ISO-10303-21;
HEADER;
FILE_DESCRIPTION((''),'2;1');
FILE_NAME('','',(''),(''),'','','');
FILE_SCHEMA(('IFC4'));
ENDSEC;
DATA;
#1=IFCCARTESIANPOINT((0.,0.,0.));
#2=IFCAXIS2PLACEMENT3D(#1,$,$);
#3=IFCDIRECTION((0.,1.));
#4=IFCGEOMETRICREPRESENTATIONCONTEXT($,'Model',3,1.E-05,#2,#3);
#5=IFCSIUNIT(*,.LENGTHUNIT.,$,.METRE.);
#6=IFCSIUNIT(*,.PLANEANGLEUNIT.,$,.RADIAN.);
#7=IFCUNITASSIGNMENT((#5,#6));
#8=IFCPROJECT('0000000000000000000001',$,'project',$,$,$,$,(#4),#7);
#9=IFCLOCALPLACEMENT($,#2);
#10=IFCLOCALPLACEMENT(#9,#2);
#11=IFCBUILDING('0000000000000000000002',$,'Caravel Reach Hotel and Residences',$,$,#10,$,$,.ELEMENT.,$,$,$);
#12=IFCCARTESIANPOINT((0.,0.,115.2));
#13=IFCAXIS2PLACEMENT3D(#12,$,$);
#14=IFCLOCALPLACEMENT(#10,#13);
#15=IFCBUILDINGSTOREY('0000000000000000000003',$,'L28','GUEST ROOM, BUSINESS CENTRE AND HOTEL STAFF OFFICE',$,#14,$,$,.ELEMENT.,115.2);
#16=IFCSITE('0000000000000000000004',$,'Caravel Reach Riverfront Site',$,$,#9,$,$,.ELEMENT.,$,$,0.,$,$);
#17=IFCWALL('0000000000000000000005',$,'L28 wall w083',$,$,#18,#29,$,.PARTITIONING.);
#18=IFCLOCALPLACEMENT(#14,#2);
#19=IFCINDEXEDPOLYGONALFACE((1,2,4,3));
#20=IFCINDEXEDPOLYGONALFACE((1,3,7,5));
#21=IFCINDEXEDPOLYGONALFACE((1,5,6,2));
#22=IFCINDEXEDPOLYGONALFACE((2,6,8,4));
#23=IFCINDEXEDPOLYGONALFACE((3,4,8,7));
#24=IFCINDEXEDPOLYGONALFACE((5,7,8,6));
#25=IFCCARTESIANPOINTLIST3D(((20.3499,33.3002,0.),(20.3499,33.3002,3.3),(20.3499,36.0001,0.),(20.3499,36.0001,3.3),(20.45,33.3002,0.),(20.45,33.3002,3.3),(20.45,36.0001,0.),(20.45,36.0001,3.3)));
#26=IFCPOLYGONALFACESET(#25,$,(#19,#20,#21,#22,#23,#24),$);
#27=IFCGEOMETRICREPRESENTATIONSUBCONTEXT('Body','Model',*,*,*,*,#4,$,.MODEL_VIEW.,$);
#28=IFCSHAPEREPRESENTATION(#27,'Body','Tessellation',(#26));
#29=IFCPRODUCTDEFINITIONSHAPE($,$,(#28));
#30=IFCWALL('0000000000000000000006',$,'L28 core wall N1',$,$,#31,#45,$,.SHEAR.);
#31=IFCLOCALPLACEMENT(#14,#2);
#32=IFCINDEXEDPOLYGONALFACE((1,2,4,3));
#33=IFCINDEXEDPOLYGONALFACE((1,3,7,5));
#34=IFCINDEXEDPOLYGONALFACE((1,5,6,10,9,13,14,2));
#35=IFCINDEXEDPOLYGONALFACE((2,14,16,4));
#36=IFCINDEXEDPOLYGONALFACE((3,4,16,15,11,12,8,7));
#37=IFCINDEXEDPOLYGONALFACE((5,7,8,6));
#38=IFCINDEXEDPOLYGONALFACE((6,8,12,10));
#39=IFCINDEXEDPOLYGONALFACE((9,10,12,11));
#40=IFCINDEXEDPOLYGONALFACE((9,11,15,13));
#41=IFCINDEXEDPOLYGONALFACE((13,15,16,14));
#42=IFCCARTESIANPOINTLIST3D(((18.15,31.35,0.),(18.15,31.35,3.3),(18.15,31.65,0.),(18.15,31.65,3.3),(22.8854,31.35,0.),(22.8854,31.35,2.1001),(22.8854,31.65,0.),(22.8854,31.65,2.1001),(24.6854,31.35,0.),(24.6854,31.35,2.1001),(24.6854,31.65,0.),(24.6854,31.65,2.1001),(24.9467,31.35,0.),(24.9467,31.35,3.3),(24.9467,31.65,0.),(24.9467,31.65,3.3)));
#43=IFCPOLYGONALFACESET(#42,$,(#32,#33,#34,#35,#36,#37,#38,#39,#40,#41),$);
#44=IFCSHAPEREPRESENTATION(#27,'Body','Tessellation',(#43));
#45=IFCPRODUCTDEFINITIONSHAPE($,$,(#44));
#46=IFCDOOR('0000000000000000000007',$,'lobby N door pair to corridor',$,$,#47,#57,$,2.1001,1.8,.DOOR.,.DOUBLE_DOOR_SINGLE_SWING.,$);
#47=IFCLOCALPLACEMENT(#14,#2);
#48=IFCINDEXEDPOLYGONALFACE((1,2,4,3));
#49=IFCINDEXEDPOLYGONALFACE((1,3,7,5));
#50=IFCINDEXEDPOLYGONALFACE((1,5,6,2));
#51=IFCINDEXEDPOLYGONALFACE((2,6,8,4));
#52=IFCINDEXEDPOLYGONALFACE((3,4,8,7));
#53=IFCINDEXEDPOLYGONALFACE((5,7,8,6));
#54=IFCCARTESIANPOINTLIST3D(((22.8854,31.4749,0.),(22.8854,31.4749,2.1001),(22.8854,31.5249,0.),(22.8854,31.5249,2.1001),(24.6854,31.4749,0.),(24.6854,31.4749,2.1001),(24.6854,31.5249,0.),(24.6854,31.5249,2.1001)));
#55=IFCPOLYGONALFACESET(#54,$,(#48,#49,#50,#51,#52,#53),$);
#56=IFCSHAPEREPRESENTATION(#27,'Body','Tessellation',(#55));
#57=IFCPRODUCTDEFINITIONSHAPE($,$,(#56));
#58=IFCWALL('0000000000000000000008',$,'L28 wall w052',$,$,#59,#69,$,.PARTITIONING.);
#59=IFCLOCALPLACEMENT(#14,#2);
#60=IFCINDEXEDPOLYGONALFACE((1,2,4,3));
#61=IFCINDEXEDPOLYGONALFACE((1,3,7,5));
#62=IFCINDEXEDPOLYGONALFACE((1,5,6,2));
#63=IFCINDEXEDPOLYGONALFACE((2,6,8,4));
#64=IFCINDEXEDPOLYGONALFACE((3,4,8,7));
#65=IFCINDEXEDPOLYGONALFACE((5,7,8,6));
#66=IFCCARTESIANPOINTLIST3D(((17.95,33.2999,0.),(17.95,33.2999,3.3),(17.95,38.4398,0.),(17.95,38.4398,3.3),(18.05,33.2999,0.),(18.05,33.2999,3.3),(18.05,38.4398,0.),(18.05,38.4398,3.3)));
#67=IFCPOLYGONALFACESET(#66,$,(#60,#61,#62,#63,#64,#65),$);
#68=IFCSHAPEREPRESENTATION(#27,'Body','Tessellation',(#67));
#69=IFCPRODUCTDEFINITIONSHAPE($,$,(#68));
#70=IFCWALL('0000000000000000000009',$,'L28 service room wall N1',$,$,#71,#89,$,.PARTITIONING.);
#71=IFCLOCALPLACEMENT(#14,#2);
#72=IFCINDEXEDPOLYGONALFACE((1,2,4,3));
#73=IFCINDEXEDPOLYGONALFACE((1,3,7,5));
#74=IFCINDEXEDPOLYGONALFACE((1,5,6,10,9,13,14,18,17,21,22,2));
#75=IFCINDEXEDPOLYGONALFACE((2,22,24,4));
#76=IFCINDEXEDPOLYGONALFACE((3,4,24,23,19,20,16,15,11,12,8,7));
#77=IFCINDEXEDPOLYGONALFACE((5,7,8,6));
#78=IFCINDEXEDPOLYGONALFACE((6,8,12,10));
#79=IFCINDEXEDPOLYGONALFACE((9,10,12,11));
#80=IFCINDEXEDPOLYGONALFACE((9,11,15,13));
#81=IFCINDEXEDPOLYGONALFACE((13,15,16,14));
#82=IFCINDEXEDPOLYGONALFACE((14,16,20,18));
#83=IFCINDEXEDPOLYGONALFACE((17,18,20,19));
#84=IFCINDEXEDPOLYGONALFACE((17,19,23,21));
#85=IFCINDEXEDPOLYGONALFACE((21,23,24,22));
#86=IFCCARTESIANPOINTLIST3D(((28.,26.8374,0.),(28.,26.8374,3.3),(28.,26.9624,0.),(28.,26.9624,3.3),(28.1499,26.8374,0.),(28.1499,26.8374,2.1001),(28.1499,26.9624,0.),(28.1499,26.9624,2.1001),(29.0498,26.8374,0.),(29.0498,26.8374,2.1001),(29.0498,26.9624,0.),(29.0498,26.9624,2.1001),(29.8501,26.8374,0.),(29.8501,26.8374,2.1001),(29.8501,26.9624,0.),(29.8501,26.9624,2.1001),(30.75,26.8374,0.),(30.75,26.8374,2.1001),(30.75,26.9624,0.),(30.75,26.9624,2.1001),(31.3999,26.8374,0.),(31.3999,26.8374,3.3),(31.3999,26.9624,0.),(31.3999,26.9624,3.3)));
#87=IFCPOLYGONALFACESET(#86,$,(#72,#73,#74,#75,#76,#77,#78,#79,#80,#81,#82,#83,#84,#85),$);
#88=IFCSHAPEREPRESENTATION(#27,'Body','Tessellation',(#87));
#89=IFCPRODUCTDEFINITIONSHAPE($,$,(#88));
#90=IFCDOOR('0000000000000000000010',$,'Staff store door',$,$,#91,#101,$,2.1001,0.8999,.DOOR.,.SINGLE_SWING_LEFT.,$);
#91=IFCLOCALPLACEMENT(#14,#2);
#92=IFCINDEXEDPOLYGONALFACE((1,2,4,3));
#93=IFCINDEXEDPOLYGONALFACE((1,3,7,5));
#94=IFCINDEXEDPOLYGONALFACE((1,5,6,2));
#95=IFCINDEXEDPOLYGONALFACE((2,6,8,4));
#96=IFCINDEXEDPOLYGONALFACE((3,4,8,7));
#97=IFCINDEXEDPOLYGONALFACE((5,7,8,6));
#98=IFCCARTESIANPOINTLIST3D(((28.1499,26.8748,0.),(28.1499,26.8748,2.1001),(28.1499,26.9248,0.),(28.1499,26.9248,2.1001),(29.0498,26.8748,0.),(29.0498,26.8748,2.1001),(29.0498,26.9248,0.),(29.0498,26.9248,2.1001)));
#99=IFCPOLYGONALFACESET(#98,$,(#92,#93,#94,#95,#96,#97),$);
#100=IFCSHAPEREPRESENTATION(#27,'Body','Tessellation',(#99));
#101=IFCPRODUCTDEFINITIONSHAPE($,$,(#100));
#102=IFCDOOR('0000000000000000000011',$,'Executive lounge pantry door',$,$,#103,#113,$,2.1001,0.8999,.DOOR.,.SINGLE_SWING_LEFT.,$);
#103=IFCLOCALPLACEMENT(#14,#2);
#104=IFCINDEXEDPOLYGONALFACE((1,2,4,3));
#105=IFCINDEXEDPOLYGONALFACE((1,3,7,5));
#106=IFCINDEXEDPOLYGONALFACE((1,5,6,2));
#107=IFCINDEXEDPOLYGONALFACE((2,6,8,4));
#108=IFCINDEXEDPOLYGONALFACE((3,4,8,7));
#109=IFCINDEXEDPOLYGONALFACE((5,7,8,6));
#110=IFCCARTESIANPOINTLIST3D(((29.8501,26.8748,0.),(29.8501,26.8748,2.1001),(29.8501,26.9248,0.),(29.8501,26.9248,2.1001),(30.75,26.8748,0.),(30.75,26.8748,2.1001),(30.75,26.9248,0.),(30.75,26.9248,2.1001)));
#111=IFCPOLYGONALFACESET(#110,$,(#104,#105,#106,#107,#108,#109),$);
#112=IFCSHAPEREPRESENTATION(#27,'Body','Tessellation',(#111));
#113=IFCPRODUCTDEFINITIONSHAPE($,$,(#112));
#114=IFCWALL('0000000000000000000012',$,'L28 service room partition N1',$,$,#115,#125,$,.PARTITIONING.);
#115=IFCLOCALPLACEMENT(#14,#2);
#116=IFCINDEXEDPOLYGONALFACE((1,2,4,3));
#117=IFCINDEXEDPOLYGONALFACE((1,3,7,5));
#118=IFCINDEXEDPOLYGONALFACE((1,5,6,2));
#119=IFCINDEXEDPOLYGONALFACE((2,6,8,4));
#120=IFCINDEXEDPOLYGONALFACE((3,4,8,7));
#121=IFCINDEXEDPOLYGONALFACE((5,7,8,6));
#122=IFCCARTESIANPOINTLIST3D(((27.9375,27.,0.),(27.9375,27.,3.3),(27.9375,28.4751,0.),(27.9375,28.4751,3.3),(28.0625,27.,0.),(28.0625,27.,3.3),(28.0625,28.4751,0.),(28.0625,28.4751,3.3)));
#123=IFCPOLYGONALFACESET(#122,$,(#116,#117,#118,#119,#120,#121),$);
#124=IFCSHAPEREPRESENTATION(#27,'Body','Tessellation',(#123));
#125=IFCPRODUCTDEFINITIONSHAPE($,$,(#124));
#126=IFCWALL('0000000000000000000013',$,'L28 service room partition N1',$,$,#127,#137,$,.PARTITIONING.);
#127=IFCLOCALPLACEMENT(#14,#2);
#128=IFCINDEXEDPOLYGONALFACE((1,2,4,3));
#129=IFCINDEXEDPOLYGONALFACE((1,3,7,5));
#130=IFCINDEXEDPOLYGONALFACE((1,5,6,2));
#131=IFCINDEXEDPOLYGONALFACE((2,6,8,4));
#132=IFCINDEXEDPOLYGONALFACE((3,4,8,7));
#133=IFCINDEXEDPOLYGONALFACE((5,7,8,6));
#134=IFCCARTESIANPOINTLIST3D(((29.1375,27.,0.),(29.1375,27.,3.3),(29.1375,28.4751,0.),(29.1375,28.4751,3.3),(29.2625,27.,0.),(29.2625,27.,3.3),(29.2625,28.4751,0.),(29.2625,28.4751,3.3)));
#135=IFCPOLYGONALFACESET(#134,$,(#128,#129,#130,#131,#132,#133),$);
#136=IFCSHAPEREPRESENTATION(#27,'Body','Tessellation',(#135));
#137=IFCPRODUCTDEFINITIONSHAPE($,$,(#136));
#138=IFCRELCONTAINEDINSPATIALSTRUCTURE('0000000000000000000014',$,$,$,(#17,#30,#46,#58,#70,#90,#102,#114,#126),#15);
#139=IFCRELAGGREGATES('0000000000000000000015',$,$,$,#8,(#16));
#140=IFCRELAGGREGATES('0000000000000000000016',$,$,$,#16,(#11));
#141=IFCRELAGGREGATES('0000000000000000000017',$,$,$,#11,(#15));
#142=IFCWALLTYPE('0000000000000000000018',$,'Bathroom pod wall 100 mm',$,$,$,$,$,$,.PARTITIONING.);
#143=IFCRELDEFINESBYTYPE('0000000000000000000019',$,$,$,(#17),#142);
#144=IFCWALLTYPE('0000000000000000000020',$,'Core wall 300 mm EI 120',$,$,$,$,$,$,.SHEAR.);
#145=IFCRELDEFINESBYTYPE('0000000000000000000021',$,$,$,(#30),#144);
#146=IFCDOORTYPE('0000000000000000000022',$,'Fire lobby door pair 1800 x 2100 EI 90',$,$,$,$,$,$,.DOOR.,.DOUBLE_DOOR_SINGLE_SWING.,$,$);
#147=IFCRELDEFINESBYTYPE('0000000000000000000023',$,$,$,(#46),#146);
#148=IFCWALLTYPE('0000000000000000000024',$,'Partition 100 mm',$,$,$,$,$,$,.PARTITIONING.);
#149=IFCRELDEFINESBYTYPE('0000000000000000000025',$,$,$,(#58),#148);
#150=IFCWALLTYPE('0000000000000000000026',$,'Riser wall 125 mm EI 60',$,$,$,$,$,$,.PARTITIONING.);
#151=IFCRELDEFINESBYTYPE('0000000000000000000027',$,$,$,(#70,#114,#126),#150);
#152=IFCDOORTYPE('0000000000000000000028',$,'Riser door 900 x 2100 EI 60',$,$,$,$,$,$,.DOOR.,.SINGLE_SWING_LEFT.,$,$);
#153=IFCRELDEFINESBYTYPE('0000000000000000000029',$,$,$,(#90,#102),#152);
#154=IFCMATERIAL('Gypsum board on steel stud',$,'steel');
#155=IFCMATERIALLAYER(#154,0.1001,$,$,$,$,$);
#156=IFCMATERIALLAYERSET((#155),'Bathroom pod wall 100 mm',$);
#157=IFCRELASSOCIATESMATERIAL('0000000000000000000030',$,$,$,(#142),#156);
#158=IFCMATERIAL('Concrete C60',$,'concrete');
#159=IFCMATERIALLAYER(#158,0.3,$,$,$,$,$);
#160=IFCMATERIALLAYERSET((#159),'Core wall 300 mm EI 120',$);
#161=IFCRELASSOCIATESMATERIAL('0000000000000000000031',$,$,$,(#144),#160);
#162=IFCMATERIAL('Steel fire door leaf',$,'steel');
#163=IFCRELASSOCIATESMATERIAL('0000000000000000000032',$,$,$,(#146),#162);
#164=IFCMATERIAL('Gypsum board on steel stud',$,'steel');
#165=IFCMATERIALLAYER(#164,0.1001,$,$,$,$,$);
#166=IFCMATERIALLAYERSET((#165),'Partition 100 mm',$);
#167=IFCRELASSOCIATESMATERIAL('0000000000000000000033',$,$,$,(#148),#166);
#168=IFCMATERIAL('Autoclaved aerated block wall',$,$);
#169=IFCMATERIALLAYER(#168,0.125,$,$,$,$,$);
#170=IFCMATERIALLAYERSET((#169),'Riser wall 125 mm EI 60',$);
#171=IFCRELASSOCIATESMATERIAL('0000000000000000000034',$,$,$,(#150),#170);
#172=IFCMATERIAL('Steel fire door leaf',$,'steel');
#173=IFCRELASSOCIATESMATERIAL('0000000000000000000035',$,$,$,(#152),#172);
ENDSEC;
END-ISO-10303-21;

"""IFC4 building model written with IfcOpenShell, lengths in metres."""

from ifc_helpers import new_model, si_unit, direction, frame, frame_2d, origin, place, context, subcontext, project, spatial, rectangle, extrude, material, layer, layer_set, type_object, element, fill, save


model = new_model("IFC4")

# Units and contexts
model_context = context("Model", 3, precision=1e-05, world=origin(), true_north=direction((0.0, 1.0)))
body_context = subcontext(model_context, "Body", "Model", "MODEL_VIEW")
ifc_project = project(units=[si_unit("LENGTHUNIT", "METRE"), si_unit("PLANEANGLEUNIT", "RADIAN")], contexts=[model_context])

# Site, building, storey
site_placement = place(None, origin())
site = spatial("IfcSite", under=ifc_project, at=site_placement, Name="Caravel Reach Riverfront Site", CompositionType="ELEMENT", RefElevation=0.0)
building_placement = place(site_placement, origin())
building = spatial("IfcBuilding", under=site, at=building_placement, Name="Caravel Reach Hotel and Residences", CompositionType="ELEMENT")
storey_placement = place(building_placement, frame((0.0, 0.0, 115.2)))
storey = spatial("IfcBuildingStorey", under=building, at=storey_placement, Name="L28", Description="GUEST ROOM, BUSINESS CENTRE AND HOTEL STAFF OFFICE", CompositionType="ELEMENT", Elevation=115.2)

# Wall
ifc_material_1 = material(Name="Gypsum board on steel stud", Category="steel")
ifc_layer_1 = layer(ifc_material_1, 0.1001)
ifc_layer_set_1 = layer_set([ifc_layer_1], Name="Bathroom pod wall 100 mm")
wall_type_1 = type_object("IfcWallType", Name="Bathroom pod wall 100 mm", PredefinedType="PARTITIONING", material=ifc_layer_set_1)
wall_1_placement = place(storey_placement, frame((20.3999, 33.3, 0.0), z_axis=(0.0, 0.0, 1.0), x_axis=(0.0, 1.0, 0.0)))
element("IfcWall", 1, at=wall_1_placement, inside=storey, type_object=wall_type_1, Name="L28 wall w083", PredefinedType="PARTITIONING", context=body_context, shape_type="SweptSolid", body=[
    extrude(rectangle(XDim=2.7, YDim=0.1001, at=frame_2d((1.3501, 0.0))), origin(), (0.0, 0.0, 1.0), 3.3),
])

# Wall, opening, door
ifc_material_2 = material(Name="Concrete C60", Category="concrete")
ifc_layer_2 = layer(ifc_material_2, 0.3)
ifc_layer_set_2 = layer_set([ifc_layer_2], Name="Core wall 300 mm EI 120")
wall_type_2 = type_object("IfcWallType", Name="Core wall 300 mm EI 120", PredefinedType="SHEAR", material=ifc_layer_set_2)
wall_2_placement = place(storey_placement, frame((18.1499, 31.5, 0.0), z_axis=(0.0, 0.0, 1.0), x_axis=(1.0, 0.0, 0.0)))
wall_2 = element("IfcWall", 2, at=wall_2_placement, inside=storey, type_object=wall_type_2, Name="L28 core wall N1", PredefinedType="SHEAR", context=body_context, shape_type="SweptSolid", body=[
    extrude(rectangle(XDim=6.7966, YDim=0.3, at=frame_2d((3.3984, 0.0))), origin(), (0.0, 0.0, 1.0), 3.3),
])
opening_1_placement = place(wall_2_placement, frame((4.7356, 0.0, 0.0)))
opening_1 = element("IfcOpeningElement", 3, at=opening_1_placement, cuts=wall_2, PredefinedType="OPENING", context=body_context, shape_type="SweptSolid", body=[
    extrude(rectangle(XDim=1.8, YDim=2.1001, at=frame_2d((0.8999, 1.05))), frame((0.0, 0.1599, 0.0), z_axis=(0.0, -1.0, 0.0), x_axis=(1.0, 0.0, 0.0)), (0.0, 0.0, 1.0), 0.3201),
])
ifc_material_3 = material(Name="Steel fire door leaf", Category="steel")
door_type_1 = type_object("IfcDoorType", Name="Fire lobby door pair 1800 x 2100 EI 90", OperationType="DOUBLE_DOOR_SINGLE_SWING", PredefinedType="DOOR", material=ifc_material_3)
door_1_placement = place(opening_1_placement, origin())
door_1 = element("IfcDoor", 4, at=door_1_placement, inside=storey, type_object=door_type_1, Name="lobby N door pair to corridor", OperationType="DOUBLE_DOOR_SINGLE_SWING", OverallHeight=2.1001, OverallWidth=1.8, PredefinedType="DOOR", context=body_context, shape_type="SweptSolid", body=[
    extrude(rectangle(XDim=1.8, YDim=2.1001, at=frame_2d((0.8999, 1.05))), frame((0.0, 0.0249, 0.0), z_axis=(0.0, -1.0, 0.0), x_axis=(1.0, 0.0, 0.0)), (0.0, 0.0, 1.0), 0.05),
])
fill(opening_1, door_1)

# Wall
ifc_material_4 = material(Name="Gypsum board on steel stud", Category="steel")
ifc_layer_3 = layer(ifc_material_4, 0.1001)
ifc_layer_set_3 = layer_set([ifc_layer_3], Name="Partition 100 mm")
wall_type_3 = type_object("IfcWallType", Name="Partition 100 mm", PredefinedType="PARTITIONING", material=ifc_layer_set_3)
wall_3_placement = place(storey_placement, frame((18.0, 33.3, 0.0), z_axis=(0.0, 0.0, 1.0), x_axis=(0.0, 1.0, 0.0)))
element("IfcWall", 5, at=wall_3_placement, inside=storey, type_object=wall_type_3, Name="L28 wall w052", PredefinedType="PARTITIONING", context=body_context, shape_type="SweptSolid", body=[
    extrude(rectangle(XDim=5.1399, YDim=0.1001, at=frame_2d((2.5698, 0.0))), origin(), (0.0, 0.0, 1.0), 3.3),
])

# Wall, openings, doors
ifc_material_5 = material(Name="Autoclaved aerated block wall")
ifc_layer_4 = layer(ifc_material_5, 0.125)
ifc_layer_set_4 = layer_set([ifc_layer_4], Name="Riser wall 125 mm EI 60")
wall_type_4 = type_object("IfcWallType", Name="Riser wall 125 mm EI 60", PredefinedType="PARTITIONING", material=ifc_layer_set_4)
wall_4_placement = place(storey_placement, frame((28.0, 26.8999, 0.0), z_axis=(0.0, 0.0, 1.0), x_axis=(1.0, 0.0, 0.0)))
wall_4 = element("IfcWall", 6, at=wall_4_placement, inside=storey, type_object=wall_type_4, Name="L28 service room wall N1", PredefinedType="PARTITIONING", context=body_context, shape_type="SweptSolid", body=[
    extrude(rectangle(XDim=3.3999, YDim=0.125, at=frame_2d((1.7, 0.0))), origin(), (0.0, 0.0, 1.0), 3.3),
])
opening_2_placement = place(wall_4_placement, frame((0.1499, 0.0, 0.0)))
opening_2 = element("IfcOpeningElement", 7, at=opening_2_placement, cuts=wall_4, PredefinedType="OPENING", context=body_context, shape_type="SweptSolid", body=[
    extrude(rectangle(XDim=0.8999, YDim=2.1001, at=frame_2d((0.45, 1.05))), frame((0.0, 0.0725, 0.0), z_axis=(0.0, -1.0, 0.0), x_axis=(1.0, 0.0, 0.0)), (0.0, 0.0, 1.0), 0.145),
])
opening_3_placement = place(wall_4_placement, frame((1.8501, 0.0, 0.0)))
opening_3 = element("IfcOpeningElement", 8, at=opening_3_placement, cuts=wall_4, PredefinedType="OPENING", context=body_context, shape_type="SweptSolid", body=[
    extrude(rectangle(XDim=0.8999, YDim=2.1001, at=frame_2d((0.45, 1.05))), frame((0.0, 0.0725, 0.0), z_axis=(0.0, -1.0, 0.0), x_axis=(1.0, 0.0, 0.0)), (0.0, 0.0, 1.0), 0.145),
])
ifc_material_6 = material(Name="Steel fire door leaf", Category="steel")
door_type_2 = type_object("IfcDoorType", Name="Riser door 900 x 2100 EI 60", OperationType="SINGLE_SWING_LEFT", PredefinedType="DOOR", material=ifc_material_6)
door_2_placement = place(opening_2_placement, origin())
door_2 = element("IfcDoor", 9, at=door_2_placement, inside=storey, type_object=door_type_2, Name="Staff store door", OperationType="SINGLE_SWING_LEFT", OverallHeight=2.1001, OverallWidth=0.8999, PredefinedType="DOOR", context=body_context, shape_type="SweptSolid", body=[
    extrude(rectangle(XDim=0.8999, YDim=2.1001, at=frame_2d((0.45, 1.05))), frame((0.0, 0.0249, 0.0), z_axis=(0.0, -1.0, 0.0), x_axis=(1.0, 0.0, 0.0)), (0.0, 0.0, 1.0), 0.05),
])
fill(opening_2, door_2)
door_3_placement = place(opening_3_placement, origin())
door_3 = element("IfcDoor", 10, at=door_3_placement, inside=storey, type_object=door_type_2, Name="Executive lounge pantry door", OperationType="SINGLE_SWING_LEFT", OverallHeight=2.1001, OverallWidth=0.8999, PredefinedType="DOOR", context=body_context, shape_type="SweptSolid", body=[
    extrude(rectangle(XDim=0.8999, YDim=2.1001, at=frame_2d((0.45, 1.05))), frame((0.0, 0.0249, 0.0), z_axis=(0.0, -1.0, 0.0), x_axis=(1.0, 0.0, 0.0)), (0.0, 0.0, 1.0), 0.05),
])
fill(opening_3, door_3)

# Walls
for number, where, z_axis, x_axis, name in (
    (11, (28.0, 28.4751, 0.0), (0.0, 0.0, 1.0), (0.0, -1.0, 0.0), "L28 service room partition N1"),
    (12, (29.2, 28.4751, 0.0), (0.0, 0.0, 1.0), (0.0, -1.0, 0.0), "L28 service room partition N1"),
):
    element("IfcWall", number, at=place(storey_placement, frame(where, z_axis=z_axis, x_axis=x_axis)), inside=storey, type_object=wall_type_4, Name=name, PredefinedType="PARTITIONING", context=body_context, shape_type="SweptSolid", body=[
        extrude(rectangle(XDim=1.4751, YDim=0.125, at=frame_2d((0.7375, 0.0))), origin(), (0.0, 0.0, 1.0), 3.3),
    ])

save(model, "model.ifc")
